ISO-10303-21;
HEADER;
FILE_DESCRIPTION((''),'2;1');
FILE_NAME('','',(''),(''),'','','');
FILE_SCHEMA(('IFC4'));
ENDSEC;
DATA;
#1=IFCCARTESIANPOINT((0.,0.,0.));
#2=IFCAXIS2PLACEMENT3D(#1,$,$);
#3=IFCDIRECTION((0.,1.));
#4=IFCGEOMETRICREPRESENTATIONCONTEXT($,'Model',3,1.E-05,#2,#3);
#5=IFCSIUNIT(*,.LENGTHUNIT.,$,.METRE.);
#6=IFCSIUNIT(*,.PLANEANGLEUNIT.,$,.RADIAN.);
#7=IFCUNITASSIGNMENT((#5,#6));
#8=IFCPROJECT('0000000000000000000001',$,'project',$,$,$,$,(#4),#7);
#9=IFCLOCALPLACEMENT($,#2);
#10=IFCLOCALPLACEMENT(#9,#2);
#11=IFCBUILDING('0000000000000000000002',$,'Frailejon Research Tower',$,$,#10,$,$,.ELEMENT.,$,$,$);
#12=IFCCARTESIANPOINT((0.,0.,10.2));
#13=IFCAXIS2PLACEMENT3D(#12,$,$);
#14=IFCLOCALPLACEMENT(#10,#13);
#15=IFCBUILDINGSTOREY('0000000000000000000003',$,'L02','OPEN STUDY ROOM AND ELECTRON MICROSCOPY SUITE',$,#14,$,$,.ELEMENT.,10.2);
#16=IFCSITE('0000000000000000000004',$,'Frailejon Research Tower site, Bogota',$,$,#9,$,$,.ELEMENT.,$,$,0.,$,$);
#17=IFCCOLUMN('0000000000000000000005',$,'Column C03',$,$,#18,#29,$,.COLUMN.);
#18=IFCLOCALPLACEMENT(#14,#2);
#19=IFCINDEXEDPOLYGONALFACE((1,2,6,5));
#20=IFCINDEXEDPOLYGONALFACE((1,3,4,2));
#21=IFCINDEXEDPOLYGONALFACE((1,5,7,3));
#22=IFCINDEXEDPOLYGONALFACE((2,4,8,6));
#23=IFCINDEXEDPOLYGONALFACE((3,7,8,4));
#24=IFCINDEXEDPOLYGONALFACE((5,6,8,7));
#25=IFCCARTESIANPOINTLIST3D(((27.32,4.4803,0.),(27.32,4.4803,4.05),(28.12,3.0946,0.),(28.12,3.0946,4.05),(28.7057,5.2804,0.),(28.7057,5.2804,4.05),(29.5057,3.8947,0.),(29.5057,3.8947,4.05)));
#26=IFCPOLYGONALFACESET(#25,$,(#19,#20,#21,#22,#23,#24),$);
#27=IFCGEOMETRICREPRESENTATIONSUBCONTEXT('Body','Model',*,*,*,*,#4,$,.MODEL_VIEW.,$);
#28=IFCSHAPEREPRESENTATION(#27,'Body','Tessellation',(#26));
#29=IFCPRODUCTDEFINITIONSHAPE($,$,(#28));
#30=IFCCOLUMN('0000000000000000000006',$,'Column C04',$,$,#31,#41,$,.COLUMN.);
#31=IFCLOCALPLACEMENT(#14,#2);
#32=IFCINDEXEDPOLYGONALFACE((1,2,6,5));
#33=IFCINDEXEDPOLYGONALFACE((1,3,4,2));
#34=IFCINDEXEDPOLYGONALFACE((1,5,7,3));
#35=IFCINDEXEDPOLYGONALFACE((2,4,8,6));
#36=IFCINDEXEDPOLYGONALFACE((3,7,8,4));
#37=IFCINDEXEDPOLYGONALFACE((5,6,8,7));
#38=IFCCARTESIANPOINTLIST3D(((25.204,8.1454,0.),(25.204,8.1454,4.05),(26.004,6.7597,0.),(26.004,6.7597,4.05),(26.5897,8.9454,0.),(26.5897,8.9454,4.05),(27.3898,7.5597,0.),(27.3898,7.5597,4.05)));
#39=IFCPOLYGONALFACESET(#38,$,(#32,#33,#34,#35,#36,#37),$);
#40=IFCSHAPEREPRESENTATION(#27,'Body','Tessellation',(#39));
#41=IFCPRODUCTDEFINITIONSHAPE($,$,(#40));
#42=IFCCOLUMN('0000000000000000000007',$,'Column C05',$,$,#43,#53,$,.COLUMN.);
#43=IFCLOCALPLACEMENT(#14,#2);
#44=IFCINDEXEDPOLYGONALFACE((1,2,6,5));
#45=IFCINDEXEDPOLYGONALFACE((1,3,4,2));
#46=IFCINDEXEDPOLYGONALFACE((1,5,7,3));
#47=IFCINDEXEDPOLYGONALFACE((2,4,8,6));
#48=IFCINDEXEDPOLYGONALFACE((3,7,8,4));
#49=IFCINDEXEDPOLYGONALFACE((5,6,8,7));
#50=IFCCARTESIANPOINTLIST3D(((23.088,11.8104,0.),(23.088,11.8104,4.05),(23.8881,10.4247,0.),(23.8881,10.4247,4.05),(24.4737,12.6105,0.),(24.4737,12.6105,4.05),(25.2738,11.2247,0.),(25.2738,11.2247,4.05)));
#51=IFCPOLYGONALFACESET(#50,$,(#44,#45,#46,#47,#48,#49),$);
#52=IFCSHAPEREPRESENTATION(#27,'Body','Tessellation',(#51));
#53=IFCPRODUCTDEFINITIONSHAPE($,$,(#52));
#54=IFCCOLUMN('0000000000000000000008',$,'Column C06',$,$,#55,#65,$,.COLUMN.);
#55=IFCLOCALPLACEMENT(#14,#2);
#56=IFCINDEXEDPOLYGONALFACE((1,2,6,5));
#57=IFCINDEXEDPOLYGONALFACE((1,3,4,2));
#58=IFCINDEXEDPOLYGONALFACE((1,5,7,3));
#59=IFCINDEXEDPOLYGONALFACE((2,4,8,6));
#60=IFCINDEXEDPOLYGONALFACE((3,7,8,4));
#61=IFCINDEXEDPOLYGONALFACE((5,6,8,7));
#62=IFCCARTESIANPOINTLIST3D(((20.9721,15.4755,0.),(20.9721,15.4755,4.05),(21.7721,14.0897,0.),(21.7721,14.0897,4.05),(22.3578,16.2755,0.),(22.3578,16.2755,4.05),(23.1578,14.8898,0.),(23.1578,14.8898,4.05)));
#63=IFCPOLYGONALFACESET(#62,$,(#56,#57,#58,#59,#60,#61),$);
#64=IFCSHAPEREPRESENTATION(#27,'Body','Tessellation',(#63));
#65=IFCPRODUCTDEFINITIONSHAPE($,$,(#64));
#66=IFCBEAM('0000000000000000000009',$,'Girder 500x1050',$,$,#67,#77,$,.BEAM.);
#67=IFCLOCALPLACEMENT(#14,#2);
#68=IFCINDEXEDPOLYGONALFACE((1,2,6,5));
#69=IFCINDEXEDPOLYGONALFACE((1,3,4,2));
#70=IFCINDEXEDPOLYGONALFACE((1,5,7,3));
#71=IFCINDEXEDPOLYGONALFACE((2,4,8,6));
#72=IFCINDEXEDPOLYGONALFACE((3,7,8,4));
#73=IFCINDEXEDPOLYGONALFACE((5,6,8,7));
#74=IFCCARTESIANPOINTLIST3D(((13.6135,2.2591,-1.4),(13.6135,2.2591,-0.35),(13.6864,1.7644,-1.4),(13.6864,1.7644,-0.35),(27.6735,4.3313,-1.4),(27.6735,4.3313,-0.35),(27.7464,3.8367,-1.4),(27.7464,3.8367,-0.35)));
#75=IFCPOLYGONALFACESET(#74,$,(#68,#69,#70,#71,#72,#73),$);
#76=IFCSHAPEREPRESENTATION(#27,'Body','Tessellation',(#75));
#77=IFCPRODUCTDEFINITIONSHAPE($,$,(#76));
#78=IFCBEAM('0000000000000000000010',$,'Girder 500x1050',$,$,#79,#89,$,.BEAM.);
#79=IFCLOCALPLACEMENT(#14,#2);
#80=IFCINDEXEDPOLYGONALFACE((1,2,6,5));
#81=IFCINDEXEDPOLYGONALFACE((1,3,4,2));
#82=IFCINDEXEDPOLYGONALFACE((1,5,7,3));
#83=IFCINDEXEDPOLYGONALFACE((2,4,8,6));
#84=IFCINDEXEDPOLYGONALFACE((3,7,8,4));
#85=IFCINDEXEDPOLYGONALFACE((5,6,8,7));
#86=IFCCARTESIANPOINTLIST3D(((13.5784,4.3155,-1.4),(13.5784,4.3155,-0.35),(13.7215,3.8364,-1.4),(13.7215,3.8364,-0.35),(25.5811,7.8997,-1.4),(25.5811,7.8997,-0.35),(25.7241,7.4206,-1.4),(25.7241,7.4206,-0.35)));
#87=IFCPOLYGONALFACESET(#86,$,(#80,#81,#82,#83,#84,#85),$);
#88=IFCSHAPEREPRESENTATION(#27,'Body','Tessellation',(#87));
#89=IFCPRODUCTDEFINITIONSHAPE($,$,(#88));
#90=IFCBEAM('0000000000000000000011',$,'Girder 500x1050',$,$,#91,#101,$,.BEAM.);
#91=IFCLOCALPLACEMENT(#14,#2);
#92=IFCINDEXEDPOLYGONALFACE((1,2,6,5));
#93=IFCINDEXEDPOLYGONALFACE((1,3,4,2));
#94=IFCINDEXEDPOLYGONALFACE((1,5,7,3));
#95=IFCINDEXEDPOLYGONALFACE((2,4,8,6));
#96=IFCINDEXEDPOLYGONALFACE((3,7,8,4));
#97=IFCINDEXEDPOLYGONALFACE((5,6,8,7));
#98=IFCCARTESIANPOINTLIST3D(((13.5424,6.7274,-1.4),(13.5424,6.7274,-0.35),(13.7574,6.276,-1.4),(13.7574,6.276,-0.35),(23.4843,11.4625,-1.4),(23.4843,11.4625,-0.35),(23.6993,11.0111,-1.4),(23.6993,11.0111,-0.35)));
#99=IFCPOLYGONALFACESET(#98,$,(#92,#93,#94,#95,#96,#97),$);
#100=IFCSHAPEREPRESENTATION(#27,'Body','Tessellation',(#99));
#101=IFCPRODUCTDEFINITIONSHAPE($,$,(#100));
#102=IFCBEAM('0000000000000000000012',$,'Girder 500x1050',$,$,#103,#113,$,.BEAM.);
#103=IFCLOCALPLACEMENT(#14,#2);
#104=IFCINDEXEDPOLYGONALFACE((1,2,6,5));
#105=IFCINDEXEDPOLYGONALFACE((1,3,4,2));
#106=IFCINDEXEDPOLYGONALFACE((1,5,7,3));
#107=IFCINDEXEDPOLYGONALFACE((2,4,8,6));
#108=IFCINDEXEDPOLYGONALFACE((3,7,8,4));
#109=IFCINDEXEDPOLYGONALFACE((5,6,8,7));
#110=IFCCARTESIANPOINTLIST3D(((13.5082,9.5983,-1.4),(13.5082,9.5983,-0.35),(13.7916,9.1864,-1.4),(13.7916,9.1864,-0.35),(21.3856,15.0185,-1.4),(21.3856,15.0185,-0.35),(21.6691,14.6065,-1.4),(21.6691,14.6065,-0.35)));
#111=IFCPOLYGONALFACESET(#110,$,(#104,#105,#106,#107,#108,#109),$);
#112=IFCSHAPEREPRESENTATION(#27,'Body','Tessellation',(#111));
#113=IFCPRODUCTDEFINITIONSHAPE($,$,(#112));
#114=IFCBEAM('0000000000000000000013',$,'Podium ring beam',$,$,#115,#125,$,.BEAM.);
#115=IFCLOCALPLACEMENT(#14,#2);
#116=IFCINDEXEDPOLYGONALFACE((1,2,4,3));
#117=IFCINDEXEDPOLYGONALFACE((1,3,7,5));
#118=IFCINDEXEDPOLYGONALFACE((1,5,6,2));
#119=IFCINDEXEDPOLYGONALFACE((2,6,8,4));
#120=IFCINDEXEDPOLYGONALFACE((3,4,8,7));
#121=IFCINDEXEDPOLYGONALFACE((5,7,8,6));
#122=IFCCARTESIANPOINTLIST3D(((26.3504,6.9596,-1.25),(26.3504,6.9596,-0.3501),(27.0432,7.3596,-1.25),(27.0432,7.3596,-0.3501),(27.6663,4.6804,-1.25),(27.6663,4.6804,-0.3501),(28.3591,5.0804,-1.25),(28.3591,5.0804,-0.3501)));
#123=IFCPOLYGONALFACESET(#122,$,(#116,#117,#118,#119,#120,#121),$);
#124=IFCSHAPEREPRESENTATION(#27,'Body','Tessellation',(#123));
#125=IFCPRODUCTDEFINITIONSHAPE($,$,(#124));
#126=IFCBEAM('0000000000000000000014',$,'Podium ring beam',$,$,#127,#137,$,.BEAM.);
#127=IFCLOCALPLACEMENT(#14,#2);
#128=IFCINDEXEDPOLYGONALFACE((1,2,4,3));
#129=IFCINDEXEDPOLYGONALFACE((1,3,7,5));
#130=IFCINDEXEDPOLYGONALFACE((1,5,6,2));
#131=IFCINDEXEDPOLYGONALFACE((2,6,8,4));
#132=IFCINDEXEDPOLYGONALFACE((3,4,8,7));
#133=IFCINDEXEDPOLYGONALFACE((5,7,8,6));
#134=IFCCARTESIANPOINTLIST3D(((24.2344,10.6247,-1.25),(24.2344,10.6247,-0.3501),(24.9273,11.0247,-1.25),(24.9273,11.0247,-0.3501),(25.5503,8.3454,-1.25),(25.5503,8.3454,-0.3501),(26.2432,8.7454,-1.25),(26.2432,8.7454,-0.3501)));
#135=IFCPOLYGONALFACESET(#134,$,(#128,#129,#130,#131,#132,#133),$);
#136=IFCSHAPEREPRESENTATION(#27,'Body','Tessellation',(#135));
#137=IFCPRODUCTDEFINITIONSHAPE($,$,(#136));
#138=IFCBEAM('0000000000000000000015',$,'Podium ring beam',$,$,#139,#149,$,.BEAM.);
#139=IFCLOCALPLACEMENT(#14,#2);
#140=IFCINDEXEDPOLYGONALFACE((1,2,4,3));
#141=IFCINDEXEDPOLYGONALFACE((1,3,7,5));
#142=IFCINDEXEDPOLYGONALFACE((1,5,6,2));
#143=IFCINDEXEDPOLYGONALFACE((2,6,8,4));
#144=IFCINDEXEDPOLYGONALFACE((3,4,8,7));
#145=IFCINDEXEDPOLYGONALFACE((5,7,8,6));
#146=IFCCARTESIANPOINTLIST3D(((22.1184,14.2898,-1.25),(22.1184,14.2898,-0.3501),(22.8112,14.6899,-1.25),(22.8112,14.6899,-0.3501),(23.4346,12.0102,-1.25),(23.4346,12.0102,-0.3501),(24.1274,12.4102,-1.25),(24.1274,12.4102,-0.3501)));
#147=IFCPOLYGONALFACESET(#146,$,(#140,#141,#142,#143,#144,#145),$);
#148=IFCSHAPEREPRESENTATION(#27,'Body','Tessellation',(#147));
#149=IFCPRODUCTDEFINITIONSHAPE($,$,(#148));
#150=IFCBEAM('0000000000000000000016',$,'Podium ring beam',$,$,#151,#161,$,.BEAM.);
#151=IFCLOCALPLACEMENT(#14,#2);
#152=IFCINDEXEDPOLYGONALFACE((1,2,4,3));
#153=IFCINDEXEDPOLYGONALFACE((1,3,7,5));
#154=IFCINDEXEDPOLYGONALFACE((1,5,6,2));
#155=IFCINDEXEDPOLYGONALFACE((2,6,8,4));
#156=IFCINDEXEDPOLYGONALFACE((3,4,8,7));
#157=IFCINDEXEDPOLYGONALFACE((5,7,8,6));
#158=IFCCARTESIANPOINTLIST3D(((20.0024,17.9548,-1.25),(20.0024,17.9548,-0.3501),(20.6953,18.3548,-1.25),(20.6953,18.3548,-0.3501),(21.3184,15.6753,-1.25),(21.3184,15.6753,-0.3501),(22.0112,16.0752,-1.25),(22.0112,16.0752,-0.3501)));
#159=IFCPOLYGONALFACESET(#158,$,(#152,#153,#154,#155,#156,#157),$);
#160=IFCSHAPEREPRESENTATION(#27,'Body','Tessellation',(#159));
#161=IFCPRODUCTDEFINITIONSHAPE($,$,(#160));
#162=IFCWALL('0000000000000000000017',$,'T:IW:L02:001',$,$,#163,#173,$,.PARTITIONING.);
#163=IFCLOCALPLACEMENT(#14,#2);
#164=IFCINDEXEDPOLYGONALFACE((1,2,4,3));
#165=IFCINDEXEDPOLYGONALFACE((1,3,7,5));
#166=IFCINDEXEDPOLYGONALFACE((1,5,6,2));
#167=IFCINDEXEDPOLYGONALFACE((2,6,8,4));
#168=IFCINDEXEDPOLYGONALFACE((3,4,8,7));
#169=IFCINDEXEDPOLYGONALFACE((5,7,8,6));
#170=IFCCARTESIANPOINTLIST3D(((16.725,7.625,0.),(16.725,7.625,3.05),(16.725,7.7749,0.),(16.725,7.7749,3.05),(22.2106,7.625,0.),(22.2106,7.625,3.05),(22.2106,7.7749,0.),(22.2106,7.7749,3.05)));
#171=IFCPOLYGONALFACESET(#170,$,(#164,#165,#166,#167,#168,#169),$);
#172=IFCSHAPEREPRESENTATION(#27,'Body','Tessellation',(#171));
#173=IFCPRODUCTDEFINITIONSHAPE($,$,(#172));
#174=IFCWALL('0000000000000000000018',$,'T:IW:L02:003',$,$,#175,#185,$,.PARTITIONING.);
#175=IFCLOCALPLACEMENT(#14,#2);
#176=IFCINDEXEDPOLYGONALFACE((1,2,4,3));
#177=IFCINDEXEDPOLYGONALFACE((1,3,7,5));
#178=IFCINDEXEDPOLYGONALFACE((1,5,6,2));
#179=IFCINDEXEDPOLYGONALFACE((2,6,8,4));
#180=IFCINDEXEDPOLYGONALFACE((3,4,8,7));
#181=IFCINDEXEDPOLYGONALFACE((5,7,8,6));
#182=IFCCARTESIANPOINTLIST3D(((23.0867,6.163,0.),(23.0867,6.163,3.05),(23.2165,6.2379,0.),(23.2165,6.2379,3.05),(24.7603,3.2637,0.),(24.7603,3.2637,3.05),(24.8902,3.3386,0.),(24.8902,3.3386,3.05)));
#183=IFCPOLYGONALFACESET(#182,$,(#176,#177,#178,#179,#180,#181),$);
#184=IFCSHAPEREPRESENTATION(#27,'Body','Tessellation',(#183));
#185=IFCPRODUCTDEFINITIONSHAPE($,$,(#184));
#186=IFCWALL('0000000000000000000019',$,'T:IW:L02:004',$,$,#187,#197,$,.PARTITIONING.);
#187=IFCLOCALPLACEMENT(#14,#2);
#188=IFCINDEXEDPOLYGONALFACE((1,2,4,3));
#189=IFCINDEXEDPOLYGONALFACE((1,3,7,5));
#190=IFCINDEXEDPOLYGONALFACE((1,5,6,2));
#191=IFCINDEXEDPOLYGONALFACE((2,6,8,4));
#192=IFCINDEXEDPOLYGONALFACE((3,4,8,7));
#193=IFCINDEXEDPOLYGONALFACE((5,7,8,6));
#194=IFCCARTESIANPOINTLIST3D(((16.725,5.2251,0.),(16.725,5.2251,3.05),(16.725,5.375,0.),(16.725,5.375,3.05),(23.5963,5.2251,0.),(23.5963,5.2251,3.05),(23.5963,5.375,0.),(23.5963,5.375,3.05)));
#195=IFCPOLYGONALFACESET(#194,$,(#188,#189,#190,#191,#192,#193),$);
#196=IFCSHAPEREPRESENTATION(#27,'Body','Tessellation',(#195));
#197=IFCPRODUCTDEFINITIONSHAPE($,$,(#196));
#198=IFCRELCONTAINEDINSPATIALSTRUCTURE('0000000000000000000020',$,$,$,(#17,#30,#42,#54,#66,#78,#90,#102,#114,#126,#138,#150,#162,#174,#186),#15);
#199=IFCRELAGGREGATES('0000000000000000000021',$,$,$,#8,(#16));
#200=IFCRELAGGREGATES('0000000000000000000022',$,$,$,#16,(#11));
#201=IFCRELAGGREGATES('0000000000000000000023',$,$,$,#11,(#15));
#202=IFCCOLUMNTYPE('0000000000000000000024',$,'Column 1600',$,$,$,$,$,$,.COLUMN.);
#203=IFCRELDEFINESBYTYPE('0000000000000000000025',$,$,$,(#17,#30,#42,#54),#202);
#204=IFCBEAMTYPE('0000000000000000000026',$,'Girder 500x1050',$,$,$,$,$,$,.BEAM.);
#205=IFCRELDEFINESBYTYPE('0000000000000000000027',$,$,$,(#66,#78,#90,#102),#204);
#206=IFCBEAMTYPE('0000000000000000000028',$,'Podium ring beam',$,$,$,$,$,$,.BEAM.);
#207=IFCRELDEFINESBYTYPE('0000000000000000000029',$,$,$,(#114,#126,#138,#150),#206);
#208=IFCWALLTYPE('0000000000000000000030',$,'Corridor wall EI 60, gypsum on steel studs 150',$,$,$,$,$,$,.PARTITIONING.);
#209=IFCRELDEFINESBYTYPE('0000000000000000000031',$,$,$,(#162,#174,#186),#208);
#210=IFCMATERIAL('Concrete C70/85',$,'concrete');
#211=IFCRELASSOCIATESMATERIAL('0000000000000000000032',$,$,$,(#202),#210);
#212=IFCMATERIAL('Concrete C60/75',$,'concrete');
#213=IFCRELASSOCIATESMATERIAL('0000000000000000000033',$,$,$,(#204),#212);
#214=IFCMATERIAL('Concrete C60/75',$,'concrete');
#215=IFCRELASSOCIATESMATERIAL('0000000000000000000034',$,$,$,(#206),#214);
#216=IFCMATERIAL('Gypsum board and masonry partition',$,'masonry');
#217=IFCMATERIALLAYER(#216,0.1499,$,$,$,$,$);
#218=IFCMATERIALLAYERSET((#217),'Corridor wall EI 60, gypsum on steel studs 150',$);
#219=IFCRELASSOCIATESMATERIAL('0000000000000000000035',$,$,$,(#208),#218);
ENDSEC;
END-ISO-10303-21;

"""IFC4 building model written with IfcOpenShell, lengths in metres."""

from ifc_helpers import new_model, si_unit, direction, frame, frame_2d, origin, origin_2d, place, context, subcontext, project, spatial, rectangle, extrude, material, layer, layer_set, material_profile, profile_set, type_object, element, save


model = new_model("IFC4")

# Units and contexts
model_context = context("Model", 3, precision=1e-05, world=origin(), true_north=direction((0.0, 1.0)))
body_context = subcontext(model_context, "Body", "Model", "MODEL_VIEW")
ifc_project = project(units=[si_unit("LENGTHUNIT", "METRE"), si_unit("PLANEANGLEUNIT", "RADIAN")], contexts=[model_context])

# Site, building, storey
site_placement = place(None, origin())
site = spatial("IfcSite", under=ifc_project, at=site_placement, Name="Frailejon Research Tower site, Bogota", CompositionType="ELEMENT", RefElevation=0.0)
building_placement = place(site_placement, origin())
building = spatial("IfcBuilding", under=site, at=building_placement, Name="Frailejon Research Tower", CompositionType="ELEMENT")
storey_placement = place(building_placement, frame((0.0, 0.0, 10.2)))
storey = spatial("IfcBuildingStorey", under=building, at=storey_placement, Name="L02", Description="OPEN STUDY ROOM AND ELECTRON MICROSCOPY SUITE", CompositionType="ELEMENT", Elevation=10.2)

# Columns
ifc_material_1 = material(Name="Concrete C70/85", Category="concrete")
ifc_material_profile_1 = material_profile(ifc_material_1, rectangle(XDim=1.6001, YDim=1.6001, at=origin_2d()), Name="Column 1600")
ifc_profile_set_1 = profile_set([ifc_material_profile_1], Name="Concrete C70/85")
column_type = type_object("IfcColumnType", Name="Column 1600", PredefinedType="COLUMN", material=ifc_profile_set_1)
for number, where, z_axis, x_axis, name in (
    (1, (28.4128, 4.1875, 0.0), (0.0, 0.0, 1.0), (-0.5, 0.866025, 0.0), "Column C03"),
    (2, (26.2969, 7.8525, 0.0), (0.0, 0.0, 1.0), (-0.5, 0.866025, 0.0), "Column C04"),
    (3, (24.1809, 11.5176, 0.0), (0.0, 0.0, 1.0), (-0.5, 0.866025, 0.0), "Column C05"),
    (4, (22.0649, 15.1826, 0.0), (0.0, 0.0, 1.0), (-0.5, 0.866025, 0.0), "Column C06"),
):
    element("IfcColumn", number, at=place(storey_placement, frame(where, z_axis=z_axis, x_axis=x_axis)), inside=storey, type_object=column_type, Name=name, PredefinedType="COLUMN", context=body_context, shape_type="SweptSolid", body=[
        extrude(rectangle(XDim=1.6001, YDim=1.6001, at=origin_2d()), origin(), (0.0, 0.0, 1.0), 4.05),
    ])

# Beams
ifc_material_2 = material(Name="Concrete C60/75", Category="concrete")
ifc_material_profile_2 = material_profile(ifc_material_2, rectangle(XDim=0.5, YDim=1.05, at=origin_2d()), Name="Girder 500x1050")
ifc_profile_set_2 = profile_set([ifc_material_profile_2], Name="Concrete C60/75")
beam_type_1 = type_object("IfcBeamType", Name="Girder 500x1050", PredefinedType="BEAM", material=ifc_profile_set_2)
beam_1_placement = place(storey_placement, frame((27.71, 4.084, -0.875), z_axis=(-0.989312, -0.145811, 0.0), x_axis=(0.145811, -0.989312, 0.0)))
element("IfcBeam", 5, at=beam_1_placement, inside=storey, type_object=beam_type_1, Name="Girder 500x1050", PredefinedType="BEAM", context=body_context, shape_type="SweptSolid", body=[
    extrude(rectangle(XDim=0.5, YDim=1.05, at=origin_2d()), origin(), (0.0, 0.0, 1.0), 14.2119),
])
beam_2_placement = place(storey_placement, frame((25.6526, 7.6602, -0.875), z_axis=(-0.95819, -0.286134, 0.0), x_axis=(0.286134, -0.95819, 0.0)))
element("IfcBeam", 6, at=beam_2_placement, inside=storey, type_object=beam_type_1, Name="Girder 500x1050", PredefinedType="BEAM", context=body_context, shape_type="SweptSolid", body=[
    extrude(rectangle(XDim=0.5, YDim=1.05, at=origin_2d()), origin(), (0.0, 0.0, 1.0), 12.5264),
])
beam_3_placement = place(storey_placement, frame((23.5918, 11.2368, -0.875), z_axis=(-0.90283, -0.429998, 0.0), x_axis=(0.429998, -0.90283, 0.0)))
element("IfcBeam", 7, at=beam_3_placement, inside=storey, type_object=beam_type_1, Name="Girder 500x1050", PredefinedType="BEAM", context=body_context, shape_type="SweptSolid", body=[
    extrude(rectangle(XDim=0.5, YDim=1.05, at=origin_2d()), origin(), (0.0, 0.0, 1.0), 11.012),
])
beam_4_placement = place(storey_placement, frame((21.5273, 14.8125, -0.875), z_axis=(-0.823826, -0.566843, 0.0), x_axis=(0.566843, -0.823826, 0.0)))
element("IfcBeam", 8, at=beam_4_placement, inside=storey, type_object=beam_type_1, Name="Girder 500x1050", PredefinedType="BEAM", context=body_context, shape_type="SweptSolid", body=[
    extrude(rectangle(XDim=0.5, YDim=1.05, at=origin_2d()), origin(), (0.0, 0.0, 1.0), 9.562),
])
ifc_material_3 = material(Name="Concrete C60/75", Category="concrete")
ifc_material_profile_3 = material_profile(ifc_material_3, rectangle(XDim=0.8, YDim=0.8999, at=origin_2d()), Name="Podium ring beam")
ifc_profile_set_3 = profile_set([ifc_material_profile_3], Name="Concrete C60/75")
beam_type_2 = type_object("IfcBeamType", Name="Podium ring beam", PredefinedType="BEAM", material=ifc_profile_set_3)
for number, where, z_axis, x_axis, name in (
    (9, (28.0127, 4.8804, -0.8), (-0.49999, 0.866031, 0.0), (-0.866031, -0.49999, 0.0), "Podium ring beam"),
    (10, (25.8967, 8.5454, -0.8), (-0.49999, 0.866031, 0.0), (-0.866031, -0.49999, 0.0), "Podium ring beam"),
):
    element("IfcBeam", number, at=place(storey_placement, frame(where, z_axis=z_axis, x_axis=x_axis)), inside=storey, type_object=beam_type_2, Name=name, PredefinedType="BEAM", context=body_context, shape_type="SweptSolid", body=[
        extrude(rectangle(XDim=0.8, YDim=0.8999, at=origin_2d()), origin(), (0.0, 0.0, 1.0), 2.6318),
    ])
beam_5_placement = place(storey_placement, frame((23.781, 12.2102, -0.8), z_axis=(-0.50002, 0.866014, 0.0), x_axis=(-0.866014, -0.50002, 0.0)))
element("IfcBeam", 11, at=beam_5_placement, inside=storey, type_object=beam_type_2, Name="Podium ring beam", PredefinedType="BEAM", context=body_context, shape_type="SweptSolid", body=[
    extrude(rectangle(XDim=0.8, YDim=0.8999, at=origin_2d()), origin(), (0.0, 0.0, 1.0), 2.6323),
])
beam_6_placement = place(storey_placement, frame((21.6648, 15.8752, -0.8), z_axis=(-0.49995, 0.866054, 0.0), x_axis=(-0.866054, -0.49995, 0.0)))
element("IfcBeam", 12, at=beam_6_placement, inside=storey, type_object=beam_type_2, Name="Podium ring beam", PredefinedType="BEAM", context=body_context, shape_type="SweptSolid", body=[
    extrude(rectangle(XDim=0.8, YDim=0.8999, at=origin_2d()), origin(), (0.0, 0.0, 1.0), 2.6321),
])

# Walls
ifc_material_4 = material(Name="Gypsum board and masonry partition", Category="masonry")
ifc_layer_1 = layer(ifc_material_4, 0.1499)
ifc_layer_set_1 = layer_set([ifc_layer_1], Name="Corridor wall EI 60, gypsum on steel studs 150")
wall_type_1 = type_object("IfcWallType", Name="Corridor wall EI 60, gypsum on steel studs 150", PredefinedType="PARTITIONING", material=ifc_layer_set_1)
wall_1_placement = place(storey_placement, frame((16.7251, 7.7, 0.0), z_axis=(0.0, 0.0, 1.0), x_axis=(1.0, 0.0, 0.0)))
element("IfcWall", 13, at=wall_1_placement, inside=storey, type_object=wall_type_1, Name="T:IW:L02:001", PredefinedType="PARTITIONING", context=body_context, shape_type="SweptSolid", body=[
    extrude(rectangle(XDim=5.4856, YDim=0.1499, at=frame_2d((2.7427, 0.0))), origin(), (0.0, 0.0, 1.0), 3.05),
])
wall_2_placement = place(storey_placement, frame((23.1516, 6.2004, 0.0), z_axis=(0.0, 0.0, 1.0), x_axis=(0.499943, -0.866058, 0.0)))
element("IfcWall", 14, at=wall_2_placement, inside=storey, type_object=wall_type_1, Name="T:IW:L02:003", PredefinedType="PARTITIONING", context=body_context, shape_type="SweptSolid", body=[
    extrude(rectangle(XDim=3.3477, YDim=0.1499, at=frame_2d((1.6738, 0.0))), origin(), (0.0, 0.0, 1.0), 3.05),
])
wall_3_placement = place(storey_placement, frame((16.7251, 5.3, 0.0), z_axis=(0.0, 0.0, 1.0), x_axis=(1.0, 0.0, 0.0)))
element("IfcWall", 15, at=wall_3_placement, inside=storey, type_object=wall_type_1, Name="T:IW:L02:004", PredefinedType="PARTITIONING", context=body_context, shape_type="SweptSolid", body=[
    extrude(rectangle(XDim=6.8713, YDim=0.1499, at=frame_2d((3.4355, 0.0))), origin(), (0.0, 0.0, 1.0), 3.05),
])

save(model, "model.ifc")
